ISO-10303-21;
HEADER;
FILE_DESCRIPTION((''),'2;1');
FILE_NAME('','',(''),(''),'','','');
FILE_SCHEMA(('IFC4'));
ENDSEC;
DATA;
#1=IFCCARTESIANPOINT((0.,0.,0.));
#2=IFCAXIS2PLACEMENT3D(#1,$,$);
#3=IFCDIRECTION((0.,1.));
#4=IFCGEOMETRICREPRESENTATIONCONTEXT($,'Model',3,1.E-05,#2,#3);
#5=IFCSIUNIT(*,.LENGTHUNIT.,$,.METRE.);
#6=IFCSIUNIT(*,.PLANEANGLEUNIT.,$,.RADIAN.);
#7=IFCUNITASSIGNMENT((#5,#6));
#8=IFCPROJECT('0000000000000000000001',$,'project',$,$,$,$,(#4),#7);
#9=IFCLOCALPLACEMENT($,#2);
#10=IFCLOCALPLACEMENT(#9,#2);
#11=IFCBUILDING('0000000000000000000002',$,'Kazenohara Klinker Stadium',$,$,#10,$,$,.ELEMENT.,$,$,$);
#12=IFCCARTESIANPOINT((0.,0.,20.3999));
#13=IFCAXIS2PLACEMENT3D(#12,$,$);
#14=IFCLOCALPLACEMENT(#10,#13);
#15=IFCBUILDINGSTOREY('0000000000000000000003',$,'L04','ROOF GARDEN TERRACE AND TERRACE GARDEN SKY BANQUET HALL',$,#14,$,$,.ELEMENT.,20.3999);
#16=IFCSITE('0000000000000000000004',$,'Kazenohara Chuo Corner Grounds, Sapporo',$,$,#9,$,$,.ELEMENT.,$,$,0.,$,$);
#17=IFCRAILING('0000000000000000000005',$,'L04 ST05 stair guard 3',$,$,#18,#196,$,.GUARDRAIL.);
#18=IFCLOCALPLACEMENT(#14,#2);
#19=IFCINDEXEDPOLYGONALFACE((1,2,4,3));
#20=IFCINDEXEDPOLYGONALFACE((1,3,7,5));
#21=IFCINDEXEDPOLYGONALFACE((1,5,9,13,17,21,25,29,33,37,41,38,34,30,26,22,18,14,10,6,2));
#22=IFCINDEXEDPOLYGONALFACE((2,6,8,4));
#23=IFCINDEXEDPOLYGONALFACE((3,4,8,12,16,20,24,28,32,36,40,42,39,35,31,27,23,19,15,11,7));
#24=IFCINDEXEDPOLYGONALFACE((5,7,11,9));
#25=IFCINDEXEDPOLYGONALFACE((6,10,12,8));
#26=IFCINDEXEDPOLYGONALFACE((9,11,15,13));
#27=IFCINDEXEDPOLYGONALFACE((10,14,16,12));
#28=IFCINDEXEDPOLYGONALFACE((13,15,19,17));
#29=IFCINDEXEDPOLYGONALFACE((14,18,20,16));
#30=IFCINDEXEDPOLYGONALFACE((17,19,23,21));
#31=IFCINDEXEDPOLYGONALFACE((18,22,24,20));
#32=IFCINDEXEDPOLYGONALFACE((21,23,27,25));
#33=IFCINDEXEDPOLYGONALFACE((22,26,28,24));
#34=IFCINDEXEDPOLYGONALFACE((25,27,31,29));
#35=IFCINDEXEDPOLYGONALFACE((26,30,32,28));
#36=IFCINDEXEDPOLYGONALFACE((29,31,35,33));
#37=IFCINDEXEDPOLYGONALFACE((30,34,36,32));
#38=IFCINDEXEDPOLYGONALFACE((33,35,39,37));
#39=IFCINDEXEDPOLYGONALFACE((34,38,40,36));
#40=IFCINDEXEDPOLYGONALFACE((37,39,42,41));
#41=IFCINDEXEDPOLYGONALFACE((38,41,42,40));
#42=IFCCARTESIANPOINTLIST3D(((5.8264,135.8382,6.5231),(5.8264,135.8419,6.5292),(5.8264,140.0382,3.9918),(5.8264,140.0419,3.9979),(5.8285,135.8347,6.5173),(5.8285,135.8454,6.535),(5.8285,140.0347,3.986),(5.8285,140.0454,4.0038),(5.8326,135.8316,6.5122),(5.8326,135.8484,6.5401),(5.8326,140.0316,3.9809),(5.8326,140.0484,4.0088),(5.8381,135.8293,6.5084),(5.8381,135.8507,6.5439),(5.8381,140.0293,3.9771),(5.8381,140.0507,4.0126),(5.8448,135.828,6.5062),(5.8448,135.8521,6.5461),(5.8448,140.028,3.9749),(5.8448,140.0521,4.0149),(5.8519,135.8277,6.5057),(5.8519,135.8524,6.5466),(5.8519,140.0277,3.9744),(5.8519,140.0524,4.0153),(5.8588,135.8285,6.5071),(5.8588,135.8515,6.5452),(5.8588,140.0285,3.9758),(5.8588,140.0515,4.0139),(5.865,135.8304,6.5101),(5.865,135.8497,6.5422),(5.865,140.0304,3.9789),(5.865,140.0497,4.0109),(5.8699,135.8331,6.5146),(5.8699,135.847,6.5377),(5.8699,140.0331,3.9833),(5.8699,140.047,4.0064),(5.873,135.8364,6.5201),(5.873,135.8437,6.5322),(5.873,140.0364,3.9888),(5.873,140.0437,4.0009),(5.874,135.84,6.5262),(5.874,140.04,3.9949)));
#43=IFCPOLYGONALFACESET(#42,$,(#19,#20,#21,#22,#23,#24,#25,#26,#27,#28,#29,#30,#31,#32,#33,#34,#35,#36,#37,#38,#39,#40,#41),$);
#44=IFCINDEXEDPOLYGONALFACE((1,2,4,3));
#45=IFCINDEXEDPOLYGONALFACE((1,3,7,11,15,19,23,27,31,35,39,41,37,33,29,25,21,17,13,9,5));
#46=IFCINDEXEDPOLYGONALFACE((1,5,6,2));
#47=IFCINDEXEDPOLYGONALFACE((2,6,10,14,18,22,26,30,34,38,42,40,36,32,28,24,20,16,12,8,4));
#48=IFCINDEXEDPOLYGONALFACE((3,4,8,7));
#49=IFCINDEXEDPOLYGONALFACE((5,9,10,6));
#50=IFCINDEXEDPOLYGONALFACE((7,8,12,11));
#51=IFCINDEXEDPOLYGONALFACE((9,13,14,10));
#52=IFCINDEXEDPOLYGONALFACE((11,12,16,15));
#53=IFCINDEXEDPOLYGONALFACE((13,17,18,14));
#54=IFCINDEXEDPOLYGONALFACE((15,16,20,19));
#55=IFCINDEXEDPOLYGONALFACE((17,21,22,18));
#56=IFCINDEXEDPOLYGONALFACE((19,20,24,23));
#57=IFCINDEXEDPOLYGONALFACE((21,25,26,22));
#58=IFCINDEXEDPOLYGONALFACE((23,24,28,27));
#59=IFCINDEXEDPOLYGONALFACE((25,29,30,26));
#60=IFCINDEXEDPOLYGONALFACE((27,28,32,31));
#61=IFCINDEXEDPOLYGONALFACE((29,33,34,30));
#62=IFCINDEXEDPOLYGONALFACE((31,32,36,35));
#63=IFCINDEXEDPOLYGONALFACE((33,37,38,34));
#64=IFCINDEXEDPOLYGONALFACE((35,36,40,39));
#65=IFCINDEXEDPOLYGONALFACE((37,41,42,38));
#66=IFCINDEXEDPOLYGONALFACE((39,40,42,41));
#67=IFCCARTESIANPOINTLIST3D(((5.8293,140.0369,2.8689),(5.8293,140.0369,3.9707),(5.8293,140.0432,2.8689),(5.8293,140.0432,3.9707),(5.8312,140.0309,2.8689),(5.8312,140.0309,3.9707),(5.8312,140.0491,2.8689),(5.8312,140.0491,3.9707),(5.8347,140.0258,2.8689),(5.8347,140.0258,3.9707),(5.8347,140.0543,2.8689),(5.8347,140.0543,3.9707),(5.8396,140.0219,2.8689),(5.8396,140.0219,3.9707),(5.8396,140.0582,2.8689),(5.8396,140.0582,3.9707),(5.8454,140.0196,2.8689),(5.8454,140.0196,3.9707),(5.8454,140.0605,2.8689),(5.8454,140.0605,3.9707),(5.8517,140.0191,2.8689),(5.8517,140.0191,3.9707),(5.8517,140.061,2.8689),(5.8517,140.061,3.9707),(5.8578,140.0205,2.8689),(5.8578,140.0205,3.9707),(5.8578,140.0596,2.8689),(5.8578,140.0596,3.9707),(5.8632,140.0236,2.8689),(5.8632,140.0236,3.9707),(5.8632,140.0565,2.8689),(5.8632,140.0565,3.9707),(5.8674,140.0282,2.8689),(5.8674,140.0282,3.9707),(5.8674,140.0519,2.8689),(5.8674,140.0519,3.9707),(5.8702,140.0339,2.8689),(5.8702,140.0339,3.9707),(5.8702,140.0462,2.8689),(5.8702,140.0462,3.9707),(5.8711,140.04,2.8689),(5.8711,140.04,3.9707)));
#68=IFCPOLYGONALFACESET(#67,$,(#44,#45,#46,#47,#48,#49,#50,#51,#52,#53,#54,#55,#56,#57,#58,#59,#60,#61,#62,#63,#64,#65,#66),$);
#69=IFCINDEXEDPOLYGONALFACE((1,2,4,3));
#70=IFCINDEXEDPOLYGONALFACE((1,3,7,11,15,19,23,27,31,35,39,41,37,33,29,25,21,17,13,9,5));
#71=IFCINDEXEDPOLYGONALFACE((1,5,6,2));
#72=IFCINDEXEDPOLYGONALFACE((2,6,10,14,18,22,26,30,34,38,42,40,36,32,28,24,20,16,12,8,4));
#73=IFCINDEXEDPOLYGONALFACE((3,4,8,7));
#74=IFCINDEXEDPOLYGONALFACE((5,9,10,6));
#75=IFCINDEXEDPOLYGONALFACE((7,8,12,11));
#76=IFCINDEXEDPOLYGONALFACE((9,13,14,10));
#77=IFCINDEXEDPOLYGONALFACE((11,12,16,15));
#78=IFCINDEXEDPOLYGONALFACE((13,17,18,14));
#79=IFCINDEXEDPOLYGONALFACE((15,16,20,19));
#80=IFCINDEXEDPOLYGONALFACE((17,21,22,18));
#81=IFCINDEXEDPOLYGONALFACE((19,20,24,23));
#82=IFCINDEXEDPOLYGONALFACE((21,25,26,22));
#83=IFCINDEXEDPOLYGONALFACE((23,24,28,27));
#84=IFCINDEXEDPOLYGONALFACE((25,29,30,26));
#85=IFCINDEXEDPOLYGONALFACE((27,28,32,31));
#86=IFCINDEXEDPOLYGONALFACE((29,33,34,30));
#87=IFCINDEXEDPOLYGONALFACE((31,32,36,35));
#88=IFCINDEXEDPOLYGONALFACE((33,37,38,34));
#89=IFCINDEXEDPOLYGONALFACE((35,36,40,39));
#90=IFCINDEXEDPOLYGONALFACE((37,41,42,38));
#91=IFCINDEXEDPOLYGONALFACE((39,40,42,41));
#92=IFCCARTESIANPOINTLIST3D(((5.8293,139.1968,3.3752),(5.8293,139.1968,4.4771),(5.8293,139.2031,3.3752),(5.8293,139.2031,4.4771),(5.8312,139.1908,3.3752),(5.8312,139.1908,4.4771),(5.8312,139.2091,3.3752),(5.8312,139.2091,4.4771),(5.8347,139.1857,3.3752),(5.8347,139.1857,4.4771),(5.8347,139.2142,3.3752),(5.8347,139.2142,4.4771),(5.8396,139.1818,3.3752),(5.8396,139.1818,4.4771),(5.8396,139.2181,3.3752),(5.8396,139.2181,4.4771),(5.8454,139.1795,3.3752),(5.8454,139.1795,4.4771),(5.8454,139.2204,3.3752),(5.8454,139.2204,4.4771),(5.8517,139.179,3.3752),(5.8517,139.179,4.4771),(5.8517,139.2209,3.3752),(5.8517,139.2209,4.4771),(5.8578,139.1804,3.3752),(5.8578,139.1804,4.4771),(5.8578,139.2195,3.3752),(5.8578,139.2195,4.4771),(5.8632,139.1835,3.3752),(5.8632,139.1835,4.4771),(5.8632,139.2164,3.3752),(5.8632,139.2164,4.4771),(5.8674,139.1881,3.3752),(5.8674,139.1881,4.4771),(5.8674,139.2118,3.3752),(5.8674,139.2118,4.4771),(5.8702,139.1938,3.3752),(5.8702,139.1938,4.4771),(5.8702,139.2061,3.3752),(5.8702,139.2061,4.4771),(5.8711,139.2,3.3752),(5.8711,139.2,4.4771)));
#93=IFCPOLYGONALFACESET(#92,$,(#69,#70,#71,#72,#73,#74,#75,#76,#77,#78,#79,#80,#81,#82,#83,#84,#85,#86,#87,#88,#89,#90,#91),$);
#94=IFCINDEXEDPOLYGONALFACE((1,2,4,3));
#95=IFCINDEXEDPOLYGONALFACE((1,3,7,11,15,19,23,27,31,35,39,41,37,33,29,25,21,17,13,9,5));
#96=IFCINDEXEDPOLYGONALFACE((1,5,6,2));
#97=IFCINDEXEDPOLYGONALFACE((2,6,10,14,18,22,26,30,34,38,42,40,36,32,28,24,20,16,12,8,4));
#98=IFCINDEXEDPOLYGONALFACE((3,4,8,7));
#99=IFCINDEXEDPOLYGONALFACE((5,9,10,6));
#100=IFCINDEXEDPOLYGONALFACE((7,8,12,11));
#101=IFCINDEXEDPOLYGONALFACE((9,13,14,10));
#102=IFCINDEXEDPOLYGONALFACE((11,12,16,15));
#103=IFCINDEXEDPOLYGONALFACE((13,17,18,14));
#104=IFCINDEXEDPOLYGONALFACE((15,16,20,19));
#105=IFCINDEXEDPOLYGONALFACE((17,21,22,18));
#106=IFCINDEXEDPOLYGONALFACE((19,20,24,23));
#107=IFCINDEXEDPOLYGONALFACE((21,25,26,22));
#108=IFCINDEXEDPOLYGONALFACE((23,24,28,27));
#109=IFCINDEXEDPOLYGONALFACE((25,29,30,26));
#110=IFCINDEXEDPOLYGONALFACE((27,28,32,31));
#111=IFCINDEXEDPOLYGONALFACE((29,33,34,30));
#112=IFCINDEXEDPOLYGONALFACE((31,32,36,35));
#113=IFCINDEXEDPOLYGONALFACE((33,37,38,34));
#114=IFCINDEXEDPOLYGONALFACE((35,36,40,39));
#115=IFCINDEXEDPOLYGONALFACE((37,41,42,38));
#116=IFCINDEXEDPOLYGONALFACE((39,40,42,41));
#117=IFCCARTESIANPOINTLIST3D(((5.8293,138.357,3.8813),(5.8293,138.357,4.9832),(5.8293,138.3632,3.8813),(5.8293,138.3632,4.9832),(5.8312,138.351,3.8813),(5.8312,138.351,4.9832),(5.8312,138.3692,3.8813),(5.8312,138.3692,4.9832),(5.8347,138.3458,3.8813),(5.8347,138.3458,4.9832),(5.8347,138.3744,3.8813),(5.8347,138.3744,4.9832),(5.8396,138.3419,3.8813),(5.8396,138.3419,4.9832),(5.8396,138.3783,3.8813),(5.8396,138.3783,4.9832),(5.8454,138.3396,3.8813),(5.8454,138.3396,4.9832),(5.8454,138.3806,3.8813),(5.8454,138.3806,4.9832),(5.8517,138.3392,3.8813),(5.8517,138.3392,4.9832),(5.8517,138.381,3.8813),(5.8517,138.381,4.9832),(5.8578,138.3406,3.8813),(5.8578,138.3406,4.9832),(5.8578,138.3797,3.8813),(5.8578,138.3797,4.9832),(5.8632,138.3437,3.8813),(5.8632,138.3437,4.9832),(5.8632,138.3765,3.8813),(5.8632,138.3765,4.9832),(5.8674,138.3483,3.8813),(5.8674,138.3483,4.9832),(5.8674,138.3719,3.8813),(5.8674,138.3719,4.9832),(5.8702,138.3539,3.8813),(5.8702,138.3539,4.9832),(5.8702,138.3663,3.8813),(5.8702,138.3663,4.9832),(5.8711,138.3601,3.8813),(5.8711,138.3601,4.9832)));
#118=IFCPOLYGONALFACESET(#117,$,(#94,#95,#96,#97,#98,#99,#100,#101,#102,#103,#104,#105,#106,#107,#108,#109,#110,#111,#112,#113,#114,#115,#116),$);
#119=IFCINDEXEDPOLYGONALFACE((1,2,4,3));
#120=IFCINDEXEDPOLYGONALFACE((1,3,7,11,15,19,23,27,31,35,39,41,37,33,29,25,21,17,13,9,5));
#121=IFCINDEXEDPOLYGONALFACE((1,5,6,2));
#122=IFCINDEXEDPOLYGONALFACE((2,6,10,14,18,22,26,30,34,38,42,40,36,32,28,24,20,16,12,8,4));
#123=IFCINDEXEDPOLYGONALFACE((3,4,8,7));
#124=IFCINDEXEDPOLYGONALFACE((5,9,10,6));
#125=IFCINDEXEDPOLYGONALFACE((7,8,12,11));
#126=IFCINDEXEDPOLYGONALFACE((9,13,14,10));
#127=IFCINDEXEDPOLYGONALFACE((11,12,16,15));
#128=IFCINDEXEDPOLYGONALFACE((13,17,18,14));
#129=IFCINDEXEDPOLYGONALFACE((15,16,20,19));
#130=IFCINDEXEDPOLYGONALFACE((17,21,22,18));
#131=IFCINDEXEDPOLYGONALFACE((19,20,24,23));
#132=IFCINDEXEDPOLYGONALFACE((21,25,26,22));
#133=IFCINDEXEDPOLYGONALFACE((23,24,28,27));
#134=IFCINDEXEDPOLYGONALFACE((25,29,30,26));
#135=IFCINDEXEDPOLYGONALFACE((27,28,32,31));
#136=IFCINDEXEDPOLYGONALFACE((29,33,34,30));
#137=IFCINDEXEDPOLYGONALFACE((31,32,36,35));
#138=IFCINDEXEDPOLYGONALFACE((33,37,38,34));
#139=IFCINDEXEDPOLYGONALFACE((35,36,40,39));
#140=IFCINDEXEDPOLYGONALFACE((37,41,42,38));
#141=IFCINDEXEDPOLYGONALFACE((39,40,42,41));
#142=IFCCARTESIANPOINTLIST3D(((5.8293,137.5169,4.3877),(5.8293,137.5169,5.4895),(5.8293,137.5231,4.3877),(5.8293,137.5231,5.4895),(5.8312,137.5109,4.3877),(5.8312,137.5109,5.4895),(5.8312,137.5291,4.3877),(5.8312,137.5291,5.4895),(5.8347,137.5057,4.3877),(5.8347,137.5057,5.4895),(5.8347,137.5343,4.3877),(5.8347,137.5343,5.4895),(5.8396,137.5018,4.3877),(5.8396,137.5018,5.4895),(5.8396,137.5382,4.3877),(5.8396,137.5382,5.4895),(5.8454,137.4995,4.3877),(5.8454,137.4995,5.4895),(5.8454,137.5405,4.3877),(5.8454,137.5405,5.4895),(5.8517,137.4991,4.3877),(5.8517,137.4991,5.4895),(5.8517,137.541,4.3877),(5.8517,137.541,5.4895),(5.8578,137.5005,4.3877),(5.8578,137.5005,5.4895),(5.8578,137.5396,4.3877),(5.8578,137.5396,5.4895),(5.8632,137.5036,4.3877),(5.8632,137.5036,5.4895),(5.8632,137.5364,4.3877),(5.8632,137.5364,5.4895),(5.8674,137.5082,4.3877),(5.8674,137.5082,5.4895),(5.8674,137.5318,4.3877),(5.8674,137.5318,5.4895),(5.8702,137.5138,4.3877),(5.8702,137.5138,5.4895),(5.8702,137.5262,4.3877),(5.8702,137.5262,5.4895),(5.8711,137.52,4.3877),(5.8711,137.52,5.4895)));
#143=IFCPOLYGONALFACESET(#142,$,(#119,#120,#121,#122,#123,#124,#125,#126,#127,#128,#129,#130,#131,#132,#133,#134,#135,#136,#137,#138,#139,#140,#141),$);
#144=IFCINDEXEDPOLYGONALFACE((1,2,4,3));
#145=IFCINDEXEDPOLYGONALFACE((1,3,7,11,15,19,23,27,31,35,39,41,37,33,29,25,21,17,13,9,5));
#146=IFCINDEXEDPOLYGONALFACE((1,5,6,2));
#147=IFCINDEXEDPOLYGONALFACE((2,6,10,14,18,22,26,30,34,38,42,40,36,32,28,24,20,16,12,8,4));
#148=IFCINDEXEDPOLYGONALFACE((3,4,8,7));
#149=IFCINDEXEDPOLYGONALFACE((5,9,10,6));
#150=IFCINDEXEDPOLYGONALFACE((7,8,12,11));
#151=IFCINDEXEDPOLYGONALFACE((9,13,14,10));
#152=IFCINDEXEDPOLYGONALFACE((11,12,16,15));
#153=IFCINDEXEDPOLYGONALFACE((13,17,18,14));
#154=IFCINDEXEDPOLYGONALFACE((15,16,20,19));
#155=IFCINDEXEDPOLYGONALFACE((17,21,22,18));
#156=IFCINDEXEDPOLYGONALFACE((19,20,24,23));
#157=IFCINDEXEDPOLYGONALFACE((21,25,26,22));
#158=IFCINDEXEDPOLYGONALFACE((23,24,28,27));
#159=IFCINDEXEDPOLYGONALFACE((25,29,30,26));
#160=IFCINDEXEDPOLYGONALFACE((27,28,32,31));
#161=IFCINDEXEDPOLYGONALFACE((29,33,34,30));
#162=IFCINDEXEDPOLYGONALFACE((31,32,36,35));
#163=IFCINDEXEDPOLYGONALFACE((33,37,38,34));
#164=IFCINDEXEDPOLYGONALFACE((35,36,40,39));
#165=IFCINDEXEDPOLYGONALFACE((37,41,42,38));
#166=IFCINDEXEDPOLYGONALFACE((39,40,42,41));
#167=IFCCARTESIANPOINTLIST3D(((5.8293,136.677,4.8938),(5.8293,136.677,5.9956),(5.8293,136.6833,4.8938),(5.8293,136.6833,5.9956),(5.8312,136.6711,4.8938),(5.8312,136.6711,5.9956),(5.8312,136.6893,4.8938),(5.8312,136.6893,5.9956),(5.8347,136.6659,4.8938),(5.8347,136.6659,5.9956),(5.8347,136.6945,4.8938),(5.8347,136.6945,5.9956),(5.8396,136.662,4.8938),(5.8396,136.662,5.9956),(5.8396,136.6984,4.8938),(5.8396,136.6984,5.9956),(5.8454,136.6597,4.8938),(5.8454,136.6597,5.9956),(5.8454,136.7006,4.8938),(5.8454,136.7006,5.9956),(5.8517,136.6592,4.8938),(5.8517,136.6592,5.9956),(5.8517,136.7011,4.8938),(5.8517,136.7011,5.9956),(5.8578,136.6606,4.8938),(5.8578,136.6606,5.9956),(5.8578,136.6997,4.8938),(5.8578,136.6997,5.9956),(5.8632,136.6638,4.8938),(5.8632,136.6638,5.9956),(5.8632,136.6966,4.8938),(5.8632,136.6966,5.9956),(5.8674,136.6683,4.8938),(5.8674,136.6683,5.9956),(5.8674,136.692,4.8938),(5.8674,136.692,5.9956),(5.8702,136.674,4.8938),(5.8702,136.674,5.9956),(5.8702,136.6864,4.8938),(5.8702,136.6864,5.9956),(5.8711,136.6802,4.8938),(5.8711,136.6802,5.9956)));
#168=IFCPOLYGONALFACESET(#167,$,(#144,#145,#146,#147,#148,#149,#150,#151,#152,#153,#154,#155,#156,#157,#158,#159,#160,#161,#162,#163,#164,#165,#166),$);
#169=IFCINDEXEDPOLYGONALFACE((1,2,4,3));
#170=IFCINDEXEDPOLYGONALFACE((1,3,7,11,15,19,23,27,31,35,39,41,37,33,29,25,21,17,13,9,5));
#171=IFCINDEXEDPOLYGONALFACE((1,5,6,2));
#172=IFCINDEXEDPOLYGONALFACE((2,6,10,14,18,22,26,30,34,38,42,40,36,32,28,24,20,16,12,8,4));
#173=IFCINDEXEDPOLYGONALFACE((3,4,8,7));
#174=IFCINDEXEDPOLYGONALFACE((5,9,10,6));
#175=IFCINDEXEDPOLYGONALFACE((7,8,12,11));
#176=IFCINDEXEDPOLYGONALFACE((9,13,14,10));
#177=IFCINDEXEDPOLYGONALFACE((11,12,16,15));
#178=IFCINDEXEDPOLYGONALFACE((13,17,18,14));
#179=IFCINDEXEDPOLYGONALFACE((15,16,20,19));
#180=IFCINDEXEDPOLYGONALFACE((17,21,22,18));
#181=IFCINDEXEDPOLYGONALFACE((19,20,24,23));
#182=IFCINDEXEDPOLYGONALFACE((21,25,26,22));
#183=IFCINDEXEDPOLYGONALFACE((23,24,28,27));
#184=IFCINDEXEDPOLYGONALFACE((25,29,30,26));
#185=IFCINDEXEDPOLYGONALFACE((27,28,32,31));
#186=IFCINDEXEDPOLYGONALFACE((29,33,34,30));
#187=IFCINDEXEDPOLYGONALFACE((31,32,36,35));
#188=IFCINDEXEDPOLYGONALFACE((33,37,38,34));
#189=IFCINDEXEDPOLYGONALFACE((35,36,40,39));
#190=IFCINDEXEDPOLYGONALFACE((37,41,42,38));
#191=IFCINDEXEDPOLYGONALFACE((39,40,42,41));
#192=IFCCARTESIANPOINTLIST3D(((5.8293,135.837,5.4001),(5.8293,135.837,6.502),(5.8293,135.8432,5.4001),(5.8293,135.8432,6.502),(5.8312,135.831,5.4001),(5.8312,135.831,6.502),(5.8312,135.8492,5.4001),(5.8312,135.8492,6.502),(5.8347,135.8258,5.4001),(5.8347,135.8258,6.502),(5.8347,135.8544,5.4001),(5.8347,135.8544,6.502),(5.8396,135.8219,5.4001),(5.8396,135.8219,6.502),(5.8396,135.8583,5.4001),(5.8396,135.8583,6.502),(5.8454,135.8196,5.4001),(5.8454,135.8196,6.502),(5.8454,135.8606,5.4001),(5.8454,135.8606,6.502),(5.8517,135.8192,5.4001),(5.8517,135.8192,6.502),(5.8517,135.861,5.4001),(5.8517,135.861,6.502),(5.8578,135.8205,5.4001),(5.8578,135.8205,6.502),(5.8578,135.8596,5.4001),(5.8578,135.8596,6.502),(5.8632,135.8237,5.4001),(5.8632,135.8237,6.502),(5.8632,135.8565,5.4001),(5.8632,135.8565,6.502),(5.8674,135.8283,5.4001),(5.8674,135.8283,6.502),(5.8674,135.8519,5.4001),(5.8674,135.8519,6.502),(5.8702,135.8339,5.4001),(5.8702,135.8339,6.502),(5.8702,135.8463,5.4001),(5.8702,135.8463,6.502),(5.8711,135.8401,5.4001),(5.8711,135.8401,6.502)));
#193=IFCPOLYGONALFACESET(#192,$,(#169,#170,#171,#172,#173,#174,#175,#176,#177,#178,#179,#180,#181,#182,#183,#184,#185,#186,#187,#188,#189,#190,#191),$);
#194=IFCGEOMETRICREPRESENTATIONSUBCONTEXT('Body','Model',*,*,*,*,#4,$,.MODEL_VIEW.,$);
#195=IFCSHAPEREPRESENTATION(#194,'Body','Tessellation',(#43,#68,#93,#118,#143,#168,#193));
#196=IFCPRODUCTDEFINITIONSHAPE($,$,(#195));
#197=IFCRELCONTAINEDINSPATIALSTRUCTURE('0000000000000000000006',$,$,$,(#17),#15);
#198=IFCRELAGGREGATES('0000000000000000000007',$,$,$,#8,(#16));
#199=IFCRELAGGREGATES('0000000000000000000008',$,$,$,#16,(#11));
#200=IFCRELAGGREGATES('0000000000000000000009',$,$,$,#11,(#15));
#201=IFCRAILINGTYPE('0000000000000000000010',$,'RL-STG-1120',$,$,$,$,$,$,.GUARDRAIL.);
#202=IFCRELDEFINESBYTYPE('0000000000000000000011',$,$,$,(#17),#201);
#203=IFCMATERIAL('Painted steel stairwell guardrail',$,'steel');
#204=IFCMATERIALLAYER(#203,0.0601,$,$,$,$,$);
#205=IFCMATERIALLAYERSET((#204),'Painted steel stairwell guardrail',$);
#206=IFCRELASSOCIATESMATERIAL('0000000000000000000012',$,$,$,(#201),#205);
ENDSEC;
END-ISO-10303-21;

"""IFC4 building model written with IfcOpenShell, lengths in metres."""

from ifc_helpers import new_model, si_unit, direction, frame, origin, origin_2d, place, context, subcontext, project, spatial, circle, extrude, material, layer, layer_set, type_object, element, save


model = new_model("IFC4")

# Units and contexts
model_context = context("Model", 3, precision=1e-05, world=origin(), true_north=direction((0.0, 1.0)))
body_context = subcontext(model_context, "Body", "Model", "MODEL_VIEW")
ifc_project = project(units=[si_unit("LENGTHUNIT", "METRE"), si_unit("PLANEANGLEUNIT", "RADIAN")], contexts=[model_context])

# Site, building, storey
site_placement = place(None, origin())
site = spatial("IfcSite", under=ifc_project, at=site_placement, Name="Kazenohara Chuo Corner Grounds, Sapporo", CompositionType="ELEMENT", RefElevation=0.0)
building_placement = place(site_placement, origin())
building = spatial("IfcBuilding", under=site, at=building_placement, Name="Kazenohara Klinker Stadium", CompositionType="ELEMENT")
storey_placement = place(building_placement, frame((0.0, 0.0, 20.3999)))
storey = spatial("IfcBuildingStorey", under=building, at=storey_placement, Name="L04", Description="ROOF GARDEN TERRACE AND TERRACE GARDEN SKY BANQUET HALL", CompositionType="ELEMENT", Elevation=20.3999)

# Railing
ifc_material_1 = material(Name="Painted steel stairwell guardrail", Category="steel")
ifc_layer_1 = layer(ifc_material_1, 0.0601)
ifc_layer_set_1 = layer_set([ifc_layer_1], Name="Painted steel stairwell guardrail")
railing_type_1 = type_object("IfcRailingType", Name="RL-STG-1120", PredefinedType="GUARDRAIL", material=ifc_layer_set_1)
railing_1_placement = place(storey_placement, frame((5.8501, 140.04, 2.8689)))
element("IfcRailing", 1, at=railing_1_placement, inside=storey, type_object=railing_type_1, Name="L04 ST05 stair guard 3", PredefinedType="GUARDRAIL", context=body_context, shape_type="SweptSolid", body=[
    extrude(circle(Radius=0.0239, at=origin_2d()), frame((0.0, 0.0, 1.126), z_axis=(0.0, -0.856476, 0.516186), x_axis=(1.0, 0.0, 0.0)), (0.0, 0.0, 1.0), 4.9038),
    extrude(circle(Radius=0.021, at=origin_2d()), origin(), (0.0, 0.0, 1.0), 1.1018),
    extrude(circle(Radius=0.021, at=origin_2d()), frame((0.0, -0.8401, 0.5063)), (0.0, 0.0, 1.0), 1.1018),
    extrude(circle(Radius=0.021, at=origin_2d()), frame((0.0, -1.6799, 1.0125)), (0.0, 0.0, 1.0), 1.1018),
    extrude(circle(Radius=0.021, at=origin_2d()), frame((0.0, -2.52, 1.5188)), (0.0, 0.0, 1.0), 1.1018),
    extrude(circle(Radius=0.021, at=origin_2d()), frame((0.0, -3.3599, 2.0249)), (0.0, 0.0, 1.0), 1.1018),
    extrude(circle(Radius=0.021, at=origin_2d()), frame((0.0, -4.2, 2.5312)), (0.0, 0.0, 1.0), 1.1018),
])

save(model, "model.ifc")
